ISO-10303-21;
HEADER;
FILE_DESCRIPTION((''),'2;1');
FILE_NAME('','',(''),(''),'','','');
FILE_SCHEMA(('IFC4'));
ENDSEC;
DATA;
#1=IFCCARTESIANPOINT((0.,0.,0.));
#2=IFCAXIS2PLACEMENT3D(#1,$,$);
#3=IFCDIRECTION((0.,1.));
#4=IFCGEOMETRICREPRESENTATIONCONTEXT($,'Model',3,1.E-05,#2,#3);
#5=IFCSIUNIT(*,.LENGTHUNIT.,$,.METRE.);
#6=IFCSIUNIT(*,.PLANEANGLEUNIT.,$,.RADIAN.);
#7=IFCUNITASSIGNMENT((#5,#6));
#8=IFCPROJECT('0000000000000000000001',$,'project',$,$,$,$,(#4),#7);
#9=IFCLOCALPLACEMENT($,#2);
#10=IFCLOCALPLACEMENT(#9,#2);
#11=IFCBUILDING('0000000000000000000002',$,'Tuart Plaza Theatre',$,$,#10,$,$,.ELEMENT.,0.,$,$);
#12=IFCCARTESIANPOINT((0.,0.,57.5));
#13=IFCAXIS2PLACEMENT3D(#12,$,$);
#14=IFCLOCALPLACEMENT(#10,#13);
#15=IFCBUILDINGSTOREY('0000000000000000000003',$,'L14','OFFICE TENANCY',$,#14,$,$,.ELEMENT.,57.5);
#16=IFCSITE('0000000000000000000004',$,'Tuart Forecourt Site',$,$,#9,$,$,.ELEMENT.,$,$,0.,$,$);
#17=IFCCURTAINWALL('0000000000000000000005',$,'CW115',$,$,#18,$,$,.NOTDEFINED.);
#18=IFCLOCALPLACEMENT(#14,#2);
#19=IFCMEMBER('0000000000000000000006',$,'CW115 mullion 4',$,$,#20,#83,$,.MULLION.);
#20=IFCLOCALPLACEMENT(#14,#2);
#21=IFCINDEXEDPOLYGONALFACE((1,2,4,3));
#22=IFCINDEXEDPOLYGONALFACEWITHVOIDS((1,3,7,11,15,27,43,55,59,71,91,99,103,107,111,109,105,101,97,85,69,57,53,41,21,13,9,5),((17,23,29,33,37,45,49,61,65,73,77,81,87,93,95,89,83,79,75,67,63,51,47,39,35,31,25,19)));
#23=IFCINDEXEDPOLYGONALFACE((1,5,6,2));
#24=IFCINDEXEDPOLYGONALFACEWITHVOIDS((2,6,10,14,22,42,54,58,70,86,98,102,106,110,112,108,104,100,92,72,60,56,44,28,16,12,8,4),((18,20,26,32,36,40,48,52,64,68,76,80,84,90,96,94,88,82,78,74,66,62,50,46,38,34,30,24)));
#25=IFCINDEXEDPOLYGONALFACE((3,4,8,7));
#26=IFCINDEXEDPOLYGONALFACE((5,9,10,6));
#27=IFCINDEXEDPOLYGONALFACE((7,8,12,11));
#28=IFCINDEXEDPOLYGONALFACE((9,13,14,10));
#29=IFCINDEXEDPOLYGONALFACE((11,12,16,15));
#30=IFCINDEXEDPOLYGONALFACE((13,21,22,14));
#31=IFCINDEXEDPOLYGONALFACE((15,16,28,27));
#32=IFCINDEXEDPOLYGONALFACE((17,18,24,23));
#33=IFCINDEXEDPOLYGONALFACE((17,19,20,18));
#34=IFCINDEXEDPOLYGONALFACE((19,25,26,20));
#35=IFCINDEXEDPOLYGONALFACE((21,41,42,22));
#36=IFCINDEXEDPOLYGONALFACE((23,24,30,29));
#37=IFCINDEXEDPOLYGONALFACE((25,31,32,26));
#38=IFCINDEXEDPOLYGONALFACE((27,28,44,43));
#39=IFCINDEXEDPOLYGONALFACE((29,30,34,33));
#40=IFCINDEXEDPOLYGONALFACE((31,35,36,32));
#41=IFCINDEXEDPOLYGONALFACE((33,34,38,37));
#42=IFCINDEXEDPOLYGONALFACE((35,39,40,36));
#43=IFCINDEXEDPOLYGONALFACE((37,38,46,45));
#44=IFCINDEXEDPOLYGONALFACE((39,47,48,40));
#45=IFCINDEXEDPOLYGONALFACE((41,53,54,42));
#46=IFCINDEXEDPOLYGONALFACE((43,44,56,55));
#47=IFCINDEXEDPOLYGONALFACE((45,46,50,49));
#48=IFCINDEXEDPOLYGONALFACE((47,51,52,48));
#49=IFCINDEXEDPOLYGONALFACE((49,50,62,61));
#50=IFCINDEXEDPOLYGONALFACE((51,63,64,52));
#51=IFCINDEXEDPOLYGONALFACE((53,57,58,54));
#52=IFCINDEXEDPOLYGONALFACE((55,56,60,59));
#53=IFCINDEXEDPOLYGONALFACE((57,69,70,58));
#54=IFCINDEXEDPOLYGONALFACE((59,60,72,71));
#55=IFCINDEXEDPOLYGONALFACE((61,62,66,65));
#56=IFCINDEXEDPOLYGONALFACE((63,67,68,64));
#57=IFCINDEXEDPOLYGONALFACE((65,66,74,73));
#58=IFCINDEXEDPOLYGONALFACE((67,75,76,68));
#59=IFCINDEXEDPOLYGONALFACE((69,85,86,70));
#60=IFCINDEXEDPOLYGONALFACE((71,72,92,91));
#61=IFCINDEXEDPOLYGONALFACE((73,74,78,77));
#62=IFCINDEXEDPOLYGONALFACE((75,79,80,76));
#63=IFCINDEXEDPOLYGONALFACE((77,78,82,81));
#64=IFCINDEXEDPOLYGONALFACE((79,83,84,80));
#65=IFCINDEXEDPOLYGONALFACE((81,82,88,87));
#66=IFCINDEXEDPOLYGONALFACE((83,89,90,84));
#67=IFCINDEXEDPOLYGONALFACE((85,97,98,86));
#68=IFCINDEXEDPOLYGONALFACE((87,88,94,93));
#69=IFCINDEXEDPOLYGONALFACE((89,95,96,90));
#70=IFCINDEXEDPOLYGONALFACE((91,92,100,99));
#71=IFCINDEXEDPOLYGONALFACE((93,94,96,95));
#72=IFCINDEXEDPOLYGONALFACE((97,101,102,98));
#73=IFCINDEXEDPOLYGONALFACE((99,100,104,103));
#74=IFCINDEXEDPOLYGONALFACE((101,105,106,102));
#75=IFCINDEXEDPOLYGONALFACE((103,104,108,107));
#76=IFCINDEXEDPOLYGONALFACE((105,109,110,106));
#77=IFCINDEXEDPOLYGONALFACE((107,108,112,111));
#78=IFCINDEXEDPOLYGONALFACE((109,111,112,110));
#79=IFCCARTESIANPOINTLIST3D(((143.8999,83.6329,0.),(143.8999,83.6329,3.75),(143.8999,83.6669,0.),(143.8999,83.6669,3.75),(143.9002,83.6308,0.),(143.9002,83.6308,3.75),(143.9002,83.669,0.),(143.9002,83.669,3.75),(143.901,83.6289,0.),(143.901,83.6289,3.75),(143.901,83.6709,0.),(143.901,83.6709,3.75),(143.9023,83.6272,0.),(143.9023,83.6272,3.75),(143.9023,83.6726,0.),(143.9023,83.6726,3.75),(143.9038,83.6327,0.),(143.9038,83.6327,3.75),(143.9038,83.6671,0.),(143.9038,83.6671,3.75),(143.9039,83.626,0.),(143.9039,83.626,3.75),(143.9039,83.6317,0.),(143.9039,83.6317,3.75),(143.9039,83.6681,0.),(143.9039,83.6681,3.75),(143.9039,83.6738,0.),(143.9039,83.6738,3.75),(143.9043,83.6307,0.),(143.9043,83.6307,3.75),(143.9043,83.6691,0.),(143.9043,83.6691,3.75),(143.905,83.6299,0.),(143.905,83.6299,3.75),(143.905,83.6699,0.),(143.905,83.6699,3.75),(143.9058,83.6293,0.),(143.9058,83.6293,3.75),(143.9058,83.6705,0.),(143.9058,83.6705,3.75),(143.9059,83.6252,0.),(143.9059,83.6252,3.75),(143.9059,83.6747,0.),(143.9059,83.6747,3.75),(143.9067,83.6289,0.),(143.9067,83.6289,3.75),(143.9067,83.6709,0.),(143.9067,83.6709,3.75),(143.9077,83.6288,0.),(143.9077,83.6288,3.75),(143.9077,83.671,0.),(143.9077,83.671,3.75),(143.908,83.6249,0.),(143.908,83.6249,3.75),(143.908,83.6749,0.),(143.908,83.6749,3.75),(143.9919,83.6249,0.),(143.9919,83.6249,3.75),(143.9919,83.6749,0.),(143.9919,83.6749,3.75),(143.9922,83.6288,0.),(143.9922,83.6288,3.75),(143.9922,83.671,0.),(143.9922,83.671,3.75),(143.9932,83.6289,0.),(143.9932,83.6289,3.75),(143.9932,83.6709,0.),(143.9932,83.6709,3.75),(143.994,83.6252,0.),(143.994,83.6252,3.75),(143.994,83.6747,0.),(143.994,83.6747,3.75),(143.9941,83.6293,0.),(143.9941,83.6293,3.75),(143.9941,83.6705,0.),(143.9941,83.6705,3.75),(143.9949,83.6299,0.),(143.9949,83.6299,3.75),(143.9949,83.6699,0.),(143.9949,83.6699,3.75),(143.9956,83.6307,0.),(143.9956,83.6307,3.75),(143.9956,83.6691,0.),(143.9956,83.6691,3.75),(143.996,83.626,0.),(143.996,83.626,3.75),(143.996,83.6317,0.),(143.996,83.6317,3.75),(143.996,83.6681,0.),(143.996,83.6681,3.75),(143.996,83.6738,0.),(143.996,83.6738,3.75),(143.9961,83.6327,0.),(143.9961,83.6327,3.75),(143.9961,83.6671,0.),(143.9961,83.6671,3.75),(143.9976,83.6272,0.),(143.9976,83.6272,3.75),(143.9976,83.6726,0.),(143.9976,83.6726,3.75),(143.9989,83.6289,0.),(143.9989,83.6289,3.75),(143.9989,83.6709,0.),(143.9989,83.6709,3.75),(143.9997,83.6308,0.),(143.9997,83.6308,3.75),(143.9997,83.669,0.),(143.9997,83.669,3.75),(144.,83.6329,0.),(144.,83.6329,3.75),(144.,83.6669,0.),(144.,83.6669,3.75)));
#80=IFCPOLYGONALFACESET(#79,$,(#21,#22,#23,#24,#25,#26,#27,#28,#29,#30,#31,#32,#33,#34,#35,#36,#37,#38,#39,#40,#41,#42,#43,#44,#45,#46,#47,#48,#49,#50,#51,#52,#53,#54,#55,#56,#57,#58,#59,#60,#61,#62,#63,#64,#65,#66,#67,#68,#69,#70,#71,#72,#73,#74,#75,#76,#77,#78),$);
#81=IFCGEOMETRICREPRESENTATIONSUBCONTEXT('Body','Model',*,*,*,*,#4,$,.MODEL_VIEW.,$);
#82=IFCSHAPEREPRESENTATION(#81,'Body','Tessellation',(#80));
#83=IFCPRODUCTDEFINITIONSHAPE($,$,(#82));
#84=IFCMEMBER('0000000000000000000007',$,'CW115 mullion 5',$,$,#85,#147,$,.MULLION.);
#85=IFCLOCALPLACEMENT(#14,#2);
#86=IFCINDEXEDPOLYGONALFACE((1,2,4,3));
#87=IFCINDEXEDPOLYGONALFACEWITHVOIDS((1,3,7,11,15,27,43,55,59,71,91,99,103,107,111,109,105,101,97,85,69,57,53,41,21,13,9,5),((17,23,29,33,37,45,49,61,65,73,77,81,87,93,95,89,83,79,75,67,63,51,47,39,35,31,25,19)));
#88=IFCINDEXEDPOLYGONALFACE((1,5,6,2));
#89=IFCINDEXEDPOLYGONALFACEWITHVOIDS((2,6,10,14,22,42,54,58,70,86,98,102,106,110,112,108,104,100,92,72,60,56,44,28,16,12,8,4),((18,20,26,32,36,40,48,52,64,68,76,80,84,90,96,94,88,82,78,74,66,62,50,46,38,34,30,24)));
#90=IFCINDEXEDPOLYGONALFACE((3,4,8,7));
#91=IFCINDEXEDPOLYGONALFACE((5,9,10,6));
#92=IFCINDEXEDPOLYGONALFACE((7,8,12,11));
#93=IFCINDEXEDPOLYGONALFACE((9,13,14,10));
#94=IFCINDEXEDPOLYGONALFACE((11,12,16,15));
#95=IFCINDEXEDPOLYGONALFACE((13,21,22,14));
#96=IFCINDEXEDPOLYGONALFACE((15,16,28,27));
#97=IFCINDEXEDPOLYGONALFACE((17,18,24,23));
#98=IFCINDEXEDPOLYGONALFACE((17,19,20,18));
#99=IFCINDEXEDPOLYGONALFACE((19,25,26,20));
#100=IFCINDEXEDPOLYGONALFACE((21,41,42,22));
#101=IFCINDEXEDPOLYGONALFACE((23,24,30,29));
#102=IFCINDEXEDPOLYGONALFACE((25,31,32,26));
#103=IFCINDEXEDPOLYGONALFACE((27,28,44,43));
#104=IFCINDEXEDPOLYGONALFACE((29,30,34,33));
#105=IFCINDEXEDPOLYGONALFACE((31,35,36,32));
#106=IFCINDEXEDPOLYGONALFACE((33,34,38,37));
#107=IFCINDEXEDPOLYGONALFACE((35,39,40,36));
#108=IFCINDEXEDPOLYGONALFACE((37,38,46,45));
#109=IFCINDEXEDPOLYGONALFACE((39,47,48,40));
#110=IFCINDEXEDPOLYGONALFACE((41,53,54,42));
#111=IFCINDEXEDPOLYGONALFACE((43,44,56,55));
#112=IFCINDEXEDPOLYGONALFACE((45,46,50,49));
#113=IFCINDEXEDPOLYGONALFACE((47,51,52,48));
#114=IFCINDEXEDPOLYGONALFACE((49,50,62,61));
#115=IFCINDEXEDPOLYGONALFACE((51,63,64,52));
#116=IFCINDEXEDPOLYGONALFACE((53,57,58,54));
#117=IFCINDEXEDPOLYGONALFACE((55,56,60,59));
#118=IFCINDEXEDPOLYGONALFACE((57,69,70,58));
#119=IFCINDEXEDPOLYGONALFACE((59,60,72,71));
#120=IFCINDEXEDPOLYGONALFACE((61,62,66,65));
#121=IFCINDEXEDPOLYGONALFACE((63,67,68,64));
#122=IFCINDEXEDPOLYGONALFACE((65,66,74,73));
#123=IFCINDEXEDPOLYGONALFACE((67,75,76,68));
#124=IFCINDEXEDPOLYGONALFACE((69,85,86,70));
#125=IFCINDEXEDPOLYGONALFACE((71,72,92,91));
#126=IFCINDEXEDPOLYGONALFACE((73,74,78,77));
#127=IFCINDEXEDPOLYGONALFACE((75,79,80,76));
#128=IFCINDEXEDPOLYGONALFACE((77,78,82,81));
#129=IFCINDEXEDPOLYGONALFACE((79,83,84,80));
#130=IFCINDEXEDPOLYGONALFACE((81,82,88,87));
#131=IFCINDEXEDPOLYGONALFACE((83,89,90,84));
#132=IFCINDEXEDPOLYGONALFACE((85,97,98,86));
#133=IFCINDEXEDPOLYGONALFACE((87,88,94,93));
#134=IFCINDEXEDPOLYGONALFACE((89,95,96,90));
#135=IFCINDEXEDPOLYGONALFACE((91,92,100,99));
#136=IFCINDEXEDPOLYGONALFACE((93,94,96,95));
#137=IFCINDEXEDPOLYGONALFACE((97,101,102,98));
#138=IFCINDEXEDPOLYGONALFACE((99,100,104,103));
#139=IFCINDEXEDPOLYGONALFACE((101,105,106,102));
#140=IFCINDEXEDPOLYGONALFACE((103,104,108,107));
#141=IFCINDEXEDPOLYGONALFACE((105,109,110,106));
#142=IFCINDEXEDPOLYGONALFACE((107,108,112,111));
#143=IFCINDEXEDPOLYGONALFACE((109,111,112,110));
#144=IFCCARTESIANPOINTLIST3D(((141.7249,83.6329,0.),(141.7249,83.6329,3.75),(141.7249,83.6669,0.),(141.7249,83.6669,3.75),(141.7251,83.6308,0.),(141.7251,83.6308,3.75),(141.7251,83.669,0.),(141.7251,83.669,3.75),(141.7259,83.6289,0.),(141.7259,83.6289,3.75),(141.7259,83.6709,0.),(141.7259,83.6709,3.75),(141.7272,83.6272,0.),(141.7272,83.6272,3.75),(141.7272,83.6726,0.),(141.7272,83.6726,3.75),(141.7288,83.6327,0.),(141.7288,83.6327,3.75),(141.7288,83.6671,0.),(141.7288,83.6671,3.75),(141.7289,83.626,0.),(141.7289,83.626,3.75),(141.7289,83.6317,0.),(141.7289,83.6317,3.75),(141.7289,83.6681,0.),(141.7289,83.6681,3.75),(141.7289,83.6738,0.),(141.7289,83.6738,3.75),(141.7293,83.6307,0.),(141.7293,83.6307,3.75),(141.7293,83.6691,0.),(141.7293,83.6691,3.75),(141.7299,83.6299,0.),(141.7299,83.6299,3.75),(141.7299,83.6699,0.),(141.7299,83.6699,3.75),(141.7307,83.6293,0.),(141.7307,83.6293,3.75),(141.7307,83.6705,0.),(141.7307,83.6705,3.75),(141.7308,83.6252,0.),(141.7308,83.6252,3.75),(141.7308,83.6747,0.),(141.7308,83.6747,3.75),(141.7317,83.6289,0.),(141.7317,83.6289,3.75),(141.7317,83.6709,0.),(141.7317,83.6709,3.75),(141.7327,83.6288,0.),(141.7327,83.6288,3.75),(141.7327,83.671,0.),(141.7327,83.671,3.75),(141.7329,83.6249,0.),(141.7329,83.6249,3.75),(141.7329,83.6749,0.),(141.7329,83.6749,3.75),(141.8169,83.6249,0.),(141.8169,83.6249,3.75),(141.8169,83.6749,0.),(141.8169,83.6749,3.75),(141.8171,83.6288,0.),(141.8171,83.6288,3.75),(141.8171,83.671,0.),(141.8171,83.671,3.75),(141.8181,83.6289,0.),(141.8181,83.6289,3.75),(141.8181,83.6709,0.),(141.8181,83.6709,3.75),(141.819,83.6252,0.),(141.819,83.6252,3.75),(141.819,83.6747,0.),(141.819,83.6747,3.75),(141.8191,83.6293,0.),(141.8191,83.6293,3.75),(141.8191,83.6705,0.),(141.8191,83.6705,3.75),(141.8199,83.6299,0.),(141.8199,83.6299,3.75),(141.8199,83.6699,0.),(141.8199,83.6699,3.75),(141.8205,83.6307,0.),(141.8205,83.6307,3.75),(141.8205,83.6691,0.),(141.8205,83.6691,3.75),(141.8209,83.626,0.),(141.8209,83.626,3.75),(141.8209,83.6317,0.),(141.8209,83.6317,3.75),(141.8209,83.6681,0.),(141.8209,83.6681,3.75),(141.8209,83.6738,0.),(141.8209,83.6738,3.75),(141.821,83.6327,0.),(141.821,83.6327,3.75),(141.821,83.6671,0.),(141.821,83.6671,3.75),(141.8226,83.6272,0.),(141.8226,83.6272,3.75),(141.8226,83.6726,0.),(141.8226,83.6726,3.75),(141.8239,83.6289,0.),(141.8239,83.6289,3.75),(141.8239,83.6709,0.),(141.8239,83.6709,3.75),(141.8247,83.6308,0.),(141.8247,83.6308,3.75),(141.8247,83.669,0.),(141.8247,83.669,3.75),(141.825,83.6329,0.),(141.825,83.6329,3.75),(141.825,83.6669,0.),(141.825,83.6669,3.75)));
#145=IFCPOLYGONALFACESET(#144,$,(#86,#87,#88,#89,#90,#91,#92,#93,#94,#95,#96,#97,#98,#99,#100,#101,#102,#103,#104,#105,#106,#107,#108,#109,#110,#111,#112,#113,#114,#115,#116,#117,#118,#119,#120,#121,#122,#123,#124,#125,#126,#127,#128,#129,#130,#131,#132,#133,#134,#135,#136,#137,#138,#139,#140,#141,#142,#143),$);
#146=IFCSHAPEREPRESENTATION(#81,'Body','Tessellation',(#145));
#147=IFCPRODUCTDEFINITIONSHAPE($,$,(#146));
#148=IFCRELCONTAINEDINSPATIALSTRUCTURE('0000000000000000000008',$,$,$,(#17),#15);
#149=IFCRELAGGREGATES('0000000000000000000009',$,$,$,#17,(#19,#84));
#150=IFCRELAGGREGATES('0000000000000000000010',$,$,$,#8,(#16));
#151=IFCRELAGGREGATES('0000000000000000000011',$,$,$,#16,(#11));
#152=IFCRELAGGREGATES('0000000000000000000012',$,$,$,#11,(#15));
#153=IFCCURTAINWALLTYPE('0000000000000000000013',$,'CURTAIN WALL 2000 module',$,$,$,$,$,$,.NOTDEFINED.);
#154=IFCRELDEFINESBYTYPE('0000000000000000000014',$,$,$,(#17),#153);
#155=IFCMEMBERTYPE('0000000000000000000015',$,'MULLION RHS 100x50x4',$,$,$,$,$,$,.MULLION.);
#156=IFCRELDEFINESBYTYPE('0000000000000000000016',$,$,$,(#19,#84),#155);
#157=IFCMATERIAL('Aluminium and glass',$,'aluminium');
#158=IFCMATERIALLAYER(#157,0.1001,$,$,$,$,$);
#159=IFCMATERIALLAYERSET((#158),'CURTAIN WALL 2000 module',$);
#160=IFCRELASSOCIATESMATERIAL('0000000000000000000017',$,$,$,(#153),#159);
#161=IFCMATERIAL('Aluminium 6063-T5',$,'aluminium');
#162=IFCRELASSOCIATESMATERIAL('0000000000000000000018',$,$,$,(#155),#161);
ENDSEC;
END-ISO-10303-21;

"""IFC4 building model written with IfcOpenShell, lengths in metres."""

from ifc_helpers import new_model, si_unit, direction, frame, origin, origin_2d, place, context, subcontext, project, spatial, hollow_rectangle, extrude, material, layer, layer_set, material_profile, profile_set, type_object, element, aggregate, save


model = new_model("IFC4")

# Units and contexts
model_context = context("Model", 3, precision=1e-05, world=origin(), true_north=direction((0.0, 1.0)))
body_context = subcontext(model_context, "Body", "Model", "MODEL_VIEW")
ifc_project = project(units=[si_unit("LENGTHUNIT", "METRE"), si_unit("PLANEANGLEUNIT", "RADIAN")], contexts=[model_context])

# Site, building, storey
site_placement = place(None, origin())
site = spatial("IfcSite", under=ifc_project, at=site_placement, Name="Tuart Forecourt Site", CompositionType="ELEMENT", RefElevation=0.0)
building_placement = place(site_placement, origin())
building = spatial("IfcBuilding", under=site, at=building_placement, Name="Tuart Plaza Theatre", CompositionType="ELEMENT", ElevationOfRefHeight=0.0)
storey_placement = place(building_placement, frame((0.0, 0.0, 57.5)))
storey = spatial("IfcBuildingStorey", under=building, at=storey_placement, Name="L14", Description="OFFICE TENANCY", CompositionType="ELEMENT", Elevation=57.5)

# Curtain wall, members
ifc_material_1 = material(Name="Aluminium and glass", Category="aluminium")
ifc_layer_1 = layer(ifc_material_1, 0.1001)
ifc_layer_set_1 = layer_set([ifc_layer_1], Name="CURTAIN WALL 2000 module")
curtain_wall_type = type_object("IfcCurtainWallType", Name="CURTAIN WALL 2000 module", PredefinedType="NOTDEFINED", material=ifc_layer_set_1)
curtain_wall_1_placement = place(storey_placement, origin())
curtain_wall_1 = element("IfcCurtainWall", 1, at=curtain_wall_1_placement, inside=storey, type_object=curtain_wall_type, Name="CW115", PredefinedType="NOTDEFINED")
ifc_material_2 = material(Name="Aluminium 6063-T5", Category="aluminium")
ifc_material_profile_1 = material_profile(ifc_material_2, hollow_rectangle(XDim=0.05, YDim=0.1001, WallThickness=0.0039, InnerFilletRadius=0.0039, OuterFilletRadius=0.0081, at=origin_2d()), Name="RHS 100x50x4")
ifc_profile_set_1 = profile_set([ifc_material_profile_1], Name="Aluminium 6063-T5")
member_type_1 = type_object("IfcMemberType", Name="MULLION RHS 100x50x4", PredefinedType="MULLION", material=ifc_profile_set_1)
member_1_placement = place(storey_placement, frame((143.95, 83.6499, 0.0), z_axis=(0.0, 0.0, 1.0), x_axis=(0.0, -1.0, 0.0)))
member_1 = element("IfcMember", 2, at=member_1_placement, type_object=member_type_1, Name="CW115 mullion 4", PredefinedType="MULLION", context=body_context, shape_type="SweptSolid", body=[
    extrude(hollow_rectangle(XDim=0.05, YDim=0.1001, WallThickness=0.0039, InnerFilletRadius=0.0039, OuterFilletRadius=0.0081, at=origin_2d()), origin(), (0.0, 0.0, 1.0), 3.75),
])
member_2_placement = place(storey_placement, frame((141.7749, 83.6499, 0.0), z_axis=(0.0, 0.0, 1.0), x_axis=(0.0, -1.0, 0.0)))
member_2 = element("IfcMember", 3, at=member_2_placement, type_object=member_type_1, Name="CW115 mullion 5", PredefinedType="MULLION", context=body_context, shape_type="SweptSolid", body=[
    extrude(hollow_rectangle(XDim=0.05, YDim=0.1001, WallThickness=0.0039, InnerFilletRadius=0.0039, OuterFilletRadius=0.0081, at=origin_2d()), origin(), (0.0, 0.0, 1.0), 3.75),
])

aggregate(curtain_wall_1, [member_1, member_2])

save(model, "model.ifc")
